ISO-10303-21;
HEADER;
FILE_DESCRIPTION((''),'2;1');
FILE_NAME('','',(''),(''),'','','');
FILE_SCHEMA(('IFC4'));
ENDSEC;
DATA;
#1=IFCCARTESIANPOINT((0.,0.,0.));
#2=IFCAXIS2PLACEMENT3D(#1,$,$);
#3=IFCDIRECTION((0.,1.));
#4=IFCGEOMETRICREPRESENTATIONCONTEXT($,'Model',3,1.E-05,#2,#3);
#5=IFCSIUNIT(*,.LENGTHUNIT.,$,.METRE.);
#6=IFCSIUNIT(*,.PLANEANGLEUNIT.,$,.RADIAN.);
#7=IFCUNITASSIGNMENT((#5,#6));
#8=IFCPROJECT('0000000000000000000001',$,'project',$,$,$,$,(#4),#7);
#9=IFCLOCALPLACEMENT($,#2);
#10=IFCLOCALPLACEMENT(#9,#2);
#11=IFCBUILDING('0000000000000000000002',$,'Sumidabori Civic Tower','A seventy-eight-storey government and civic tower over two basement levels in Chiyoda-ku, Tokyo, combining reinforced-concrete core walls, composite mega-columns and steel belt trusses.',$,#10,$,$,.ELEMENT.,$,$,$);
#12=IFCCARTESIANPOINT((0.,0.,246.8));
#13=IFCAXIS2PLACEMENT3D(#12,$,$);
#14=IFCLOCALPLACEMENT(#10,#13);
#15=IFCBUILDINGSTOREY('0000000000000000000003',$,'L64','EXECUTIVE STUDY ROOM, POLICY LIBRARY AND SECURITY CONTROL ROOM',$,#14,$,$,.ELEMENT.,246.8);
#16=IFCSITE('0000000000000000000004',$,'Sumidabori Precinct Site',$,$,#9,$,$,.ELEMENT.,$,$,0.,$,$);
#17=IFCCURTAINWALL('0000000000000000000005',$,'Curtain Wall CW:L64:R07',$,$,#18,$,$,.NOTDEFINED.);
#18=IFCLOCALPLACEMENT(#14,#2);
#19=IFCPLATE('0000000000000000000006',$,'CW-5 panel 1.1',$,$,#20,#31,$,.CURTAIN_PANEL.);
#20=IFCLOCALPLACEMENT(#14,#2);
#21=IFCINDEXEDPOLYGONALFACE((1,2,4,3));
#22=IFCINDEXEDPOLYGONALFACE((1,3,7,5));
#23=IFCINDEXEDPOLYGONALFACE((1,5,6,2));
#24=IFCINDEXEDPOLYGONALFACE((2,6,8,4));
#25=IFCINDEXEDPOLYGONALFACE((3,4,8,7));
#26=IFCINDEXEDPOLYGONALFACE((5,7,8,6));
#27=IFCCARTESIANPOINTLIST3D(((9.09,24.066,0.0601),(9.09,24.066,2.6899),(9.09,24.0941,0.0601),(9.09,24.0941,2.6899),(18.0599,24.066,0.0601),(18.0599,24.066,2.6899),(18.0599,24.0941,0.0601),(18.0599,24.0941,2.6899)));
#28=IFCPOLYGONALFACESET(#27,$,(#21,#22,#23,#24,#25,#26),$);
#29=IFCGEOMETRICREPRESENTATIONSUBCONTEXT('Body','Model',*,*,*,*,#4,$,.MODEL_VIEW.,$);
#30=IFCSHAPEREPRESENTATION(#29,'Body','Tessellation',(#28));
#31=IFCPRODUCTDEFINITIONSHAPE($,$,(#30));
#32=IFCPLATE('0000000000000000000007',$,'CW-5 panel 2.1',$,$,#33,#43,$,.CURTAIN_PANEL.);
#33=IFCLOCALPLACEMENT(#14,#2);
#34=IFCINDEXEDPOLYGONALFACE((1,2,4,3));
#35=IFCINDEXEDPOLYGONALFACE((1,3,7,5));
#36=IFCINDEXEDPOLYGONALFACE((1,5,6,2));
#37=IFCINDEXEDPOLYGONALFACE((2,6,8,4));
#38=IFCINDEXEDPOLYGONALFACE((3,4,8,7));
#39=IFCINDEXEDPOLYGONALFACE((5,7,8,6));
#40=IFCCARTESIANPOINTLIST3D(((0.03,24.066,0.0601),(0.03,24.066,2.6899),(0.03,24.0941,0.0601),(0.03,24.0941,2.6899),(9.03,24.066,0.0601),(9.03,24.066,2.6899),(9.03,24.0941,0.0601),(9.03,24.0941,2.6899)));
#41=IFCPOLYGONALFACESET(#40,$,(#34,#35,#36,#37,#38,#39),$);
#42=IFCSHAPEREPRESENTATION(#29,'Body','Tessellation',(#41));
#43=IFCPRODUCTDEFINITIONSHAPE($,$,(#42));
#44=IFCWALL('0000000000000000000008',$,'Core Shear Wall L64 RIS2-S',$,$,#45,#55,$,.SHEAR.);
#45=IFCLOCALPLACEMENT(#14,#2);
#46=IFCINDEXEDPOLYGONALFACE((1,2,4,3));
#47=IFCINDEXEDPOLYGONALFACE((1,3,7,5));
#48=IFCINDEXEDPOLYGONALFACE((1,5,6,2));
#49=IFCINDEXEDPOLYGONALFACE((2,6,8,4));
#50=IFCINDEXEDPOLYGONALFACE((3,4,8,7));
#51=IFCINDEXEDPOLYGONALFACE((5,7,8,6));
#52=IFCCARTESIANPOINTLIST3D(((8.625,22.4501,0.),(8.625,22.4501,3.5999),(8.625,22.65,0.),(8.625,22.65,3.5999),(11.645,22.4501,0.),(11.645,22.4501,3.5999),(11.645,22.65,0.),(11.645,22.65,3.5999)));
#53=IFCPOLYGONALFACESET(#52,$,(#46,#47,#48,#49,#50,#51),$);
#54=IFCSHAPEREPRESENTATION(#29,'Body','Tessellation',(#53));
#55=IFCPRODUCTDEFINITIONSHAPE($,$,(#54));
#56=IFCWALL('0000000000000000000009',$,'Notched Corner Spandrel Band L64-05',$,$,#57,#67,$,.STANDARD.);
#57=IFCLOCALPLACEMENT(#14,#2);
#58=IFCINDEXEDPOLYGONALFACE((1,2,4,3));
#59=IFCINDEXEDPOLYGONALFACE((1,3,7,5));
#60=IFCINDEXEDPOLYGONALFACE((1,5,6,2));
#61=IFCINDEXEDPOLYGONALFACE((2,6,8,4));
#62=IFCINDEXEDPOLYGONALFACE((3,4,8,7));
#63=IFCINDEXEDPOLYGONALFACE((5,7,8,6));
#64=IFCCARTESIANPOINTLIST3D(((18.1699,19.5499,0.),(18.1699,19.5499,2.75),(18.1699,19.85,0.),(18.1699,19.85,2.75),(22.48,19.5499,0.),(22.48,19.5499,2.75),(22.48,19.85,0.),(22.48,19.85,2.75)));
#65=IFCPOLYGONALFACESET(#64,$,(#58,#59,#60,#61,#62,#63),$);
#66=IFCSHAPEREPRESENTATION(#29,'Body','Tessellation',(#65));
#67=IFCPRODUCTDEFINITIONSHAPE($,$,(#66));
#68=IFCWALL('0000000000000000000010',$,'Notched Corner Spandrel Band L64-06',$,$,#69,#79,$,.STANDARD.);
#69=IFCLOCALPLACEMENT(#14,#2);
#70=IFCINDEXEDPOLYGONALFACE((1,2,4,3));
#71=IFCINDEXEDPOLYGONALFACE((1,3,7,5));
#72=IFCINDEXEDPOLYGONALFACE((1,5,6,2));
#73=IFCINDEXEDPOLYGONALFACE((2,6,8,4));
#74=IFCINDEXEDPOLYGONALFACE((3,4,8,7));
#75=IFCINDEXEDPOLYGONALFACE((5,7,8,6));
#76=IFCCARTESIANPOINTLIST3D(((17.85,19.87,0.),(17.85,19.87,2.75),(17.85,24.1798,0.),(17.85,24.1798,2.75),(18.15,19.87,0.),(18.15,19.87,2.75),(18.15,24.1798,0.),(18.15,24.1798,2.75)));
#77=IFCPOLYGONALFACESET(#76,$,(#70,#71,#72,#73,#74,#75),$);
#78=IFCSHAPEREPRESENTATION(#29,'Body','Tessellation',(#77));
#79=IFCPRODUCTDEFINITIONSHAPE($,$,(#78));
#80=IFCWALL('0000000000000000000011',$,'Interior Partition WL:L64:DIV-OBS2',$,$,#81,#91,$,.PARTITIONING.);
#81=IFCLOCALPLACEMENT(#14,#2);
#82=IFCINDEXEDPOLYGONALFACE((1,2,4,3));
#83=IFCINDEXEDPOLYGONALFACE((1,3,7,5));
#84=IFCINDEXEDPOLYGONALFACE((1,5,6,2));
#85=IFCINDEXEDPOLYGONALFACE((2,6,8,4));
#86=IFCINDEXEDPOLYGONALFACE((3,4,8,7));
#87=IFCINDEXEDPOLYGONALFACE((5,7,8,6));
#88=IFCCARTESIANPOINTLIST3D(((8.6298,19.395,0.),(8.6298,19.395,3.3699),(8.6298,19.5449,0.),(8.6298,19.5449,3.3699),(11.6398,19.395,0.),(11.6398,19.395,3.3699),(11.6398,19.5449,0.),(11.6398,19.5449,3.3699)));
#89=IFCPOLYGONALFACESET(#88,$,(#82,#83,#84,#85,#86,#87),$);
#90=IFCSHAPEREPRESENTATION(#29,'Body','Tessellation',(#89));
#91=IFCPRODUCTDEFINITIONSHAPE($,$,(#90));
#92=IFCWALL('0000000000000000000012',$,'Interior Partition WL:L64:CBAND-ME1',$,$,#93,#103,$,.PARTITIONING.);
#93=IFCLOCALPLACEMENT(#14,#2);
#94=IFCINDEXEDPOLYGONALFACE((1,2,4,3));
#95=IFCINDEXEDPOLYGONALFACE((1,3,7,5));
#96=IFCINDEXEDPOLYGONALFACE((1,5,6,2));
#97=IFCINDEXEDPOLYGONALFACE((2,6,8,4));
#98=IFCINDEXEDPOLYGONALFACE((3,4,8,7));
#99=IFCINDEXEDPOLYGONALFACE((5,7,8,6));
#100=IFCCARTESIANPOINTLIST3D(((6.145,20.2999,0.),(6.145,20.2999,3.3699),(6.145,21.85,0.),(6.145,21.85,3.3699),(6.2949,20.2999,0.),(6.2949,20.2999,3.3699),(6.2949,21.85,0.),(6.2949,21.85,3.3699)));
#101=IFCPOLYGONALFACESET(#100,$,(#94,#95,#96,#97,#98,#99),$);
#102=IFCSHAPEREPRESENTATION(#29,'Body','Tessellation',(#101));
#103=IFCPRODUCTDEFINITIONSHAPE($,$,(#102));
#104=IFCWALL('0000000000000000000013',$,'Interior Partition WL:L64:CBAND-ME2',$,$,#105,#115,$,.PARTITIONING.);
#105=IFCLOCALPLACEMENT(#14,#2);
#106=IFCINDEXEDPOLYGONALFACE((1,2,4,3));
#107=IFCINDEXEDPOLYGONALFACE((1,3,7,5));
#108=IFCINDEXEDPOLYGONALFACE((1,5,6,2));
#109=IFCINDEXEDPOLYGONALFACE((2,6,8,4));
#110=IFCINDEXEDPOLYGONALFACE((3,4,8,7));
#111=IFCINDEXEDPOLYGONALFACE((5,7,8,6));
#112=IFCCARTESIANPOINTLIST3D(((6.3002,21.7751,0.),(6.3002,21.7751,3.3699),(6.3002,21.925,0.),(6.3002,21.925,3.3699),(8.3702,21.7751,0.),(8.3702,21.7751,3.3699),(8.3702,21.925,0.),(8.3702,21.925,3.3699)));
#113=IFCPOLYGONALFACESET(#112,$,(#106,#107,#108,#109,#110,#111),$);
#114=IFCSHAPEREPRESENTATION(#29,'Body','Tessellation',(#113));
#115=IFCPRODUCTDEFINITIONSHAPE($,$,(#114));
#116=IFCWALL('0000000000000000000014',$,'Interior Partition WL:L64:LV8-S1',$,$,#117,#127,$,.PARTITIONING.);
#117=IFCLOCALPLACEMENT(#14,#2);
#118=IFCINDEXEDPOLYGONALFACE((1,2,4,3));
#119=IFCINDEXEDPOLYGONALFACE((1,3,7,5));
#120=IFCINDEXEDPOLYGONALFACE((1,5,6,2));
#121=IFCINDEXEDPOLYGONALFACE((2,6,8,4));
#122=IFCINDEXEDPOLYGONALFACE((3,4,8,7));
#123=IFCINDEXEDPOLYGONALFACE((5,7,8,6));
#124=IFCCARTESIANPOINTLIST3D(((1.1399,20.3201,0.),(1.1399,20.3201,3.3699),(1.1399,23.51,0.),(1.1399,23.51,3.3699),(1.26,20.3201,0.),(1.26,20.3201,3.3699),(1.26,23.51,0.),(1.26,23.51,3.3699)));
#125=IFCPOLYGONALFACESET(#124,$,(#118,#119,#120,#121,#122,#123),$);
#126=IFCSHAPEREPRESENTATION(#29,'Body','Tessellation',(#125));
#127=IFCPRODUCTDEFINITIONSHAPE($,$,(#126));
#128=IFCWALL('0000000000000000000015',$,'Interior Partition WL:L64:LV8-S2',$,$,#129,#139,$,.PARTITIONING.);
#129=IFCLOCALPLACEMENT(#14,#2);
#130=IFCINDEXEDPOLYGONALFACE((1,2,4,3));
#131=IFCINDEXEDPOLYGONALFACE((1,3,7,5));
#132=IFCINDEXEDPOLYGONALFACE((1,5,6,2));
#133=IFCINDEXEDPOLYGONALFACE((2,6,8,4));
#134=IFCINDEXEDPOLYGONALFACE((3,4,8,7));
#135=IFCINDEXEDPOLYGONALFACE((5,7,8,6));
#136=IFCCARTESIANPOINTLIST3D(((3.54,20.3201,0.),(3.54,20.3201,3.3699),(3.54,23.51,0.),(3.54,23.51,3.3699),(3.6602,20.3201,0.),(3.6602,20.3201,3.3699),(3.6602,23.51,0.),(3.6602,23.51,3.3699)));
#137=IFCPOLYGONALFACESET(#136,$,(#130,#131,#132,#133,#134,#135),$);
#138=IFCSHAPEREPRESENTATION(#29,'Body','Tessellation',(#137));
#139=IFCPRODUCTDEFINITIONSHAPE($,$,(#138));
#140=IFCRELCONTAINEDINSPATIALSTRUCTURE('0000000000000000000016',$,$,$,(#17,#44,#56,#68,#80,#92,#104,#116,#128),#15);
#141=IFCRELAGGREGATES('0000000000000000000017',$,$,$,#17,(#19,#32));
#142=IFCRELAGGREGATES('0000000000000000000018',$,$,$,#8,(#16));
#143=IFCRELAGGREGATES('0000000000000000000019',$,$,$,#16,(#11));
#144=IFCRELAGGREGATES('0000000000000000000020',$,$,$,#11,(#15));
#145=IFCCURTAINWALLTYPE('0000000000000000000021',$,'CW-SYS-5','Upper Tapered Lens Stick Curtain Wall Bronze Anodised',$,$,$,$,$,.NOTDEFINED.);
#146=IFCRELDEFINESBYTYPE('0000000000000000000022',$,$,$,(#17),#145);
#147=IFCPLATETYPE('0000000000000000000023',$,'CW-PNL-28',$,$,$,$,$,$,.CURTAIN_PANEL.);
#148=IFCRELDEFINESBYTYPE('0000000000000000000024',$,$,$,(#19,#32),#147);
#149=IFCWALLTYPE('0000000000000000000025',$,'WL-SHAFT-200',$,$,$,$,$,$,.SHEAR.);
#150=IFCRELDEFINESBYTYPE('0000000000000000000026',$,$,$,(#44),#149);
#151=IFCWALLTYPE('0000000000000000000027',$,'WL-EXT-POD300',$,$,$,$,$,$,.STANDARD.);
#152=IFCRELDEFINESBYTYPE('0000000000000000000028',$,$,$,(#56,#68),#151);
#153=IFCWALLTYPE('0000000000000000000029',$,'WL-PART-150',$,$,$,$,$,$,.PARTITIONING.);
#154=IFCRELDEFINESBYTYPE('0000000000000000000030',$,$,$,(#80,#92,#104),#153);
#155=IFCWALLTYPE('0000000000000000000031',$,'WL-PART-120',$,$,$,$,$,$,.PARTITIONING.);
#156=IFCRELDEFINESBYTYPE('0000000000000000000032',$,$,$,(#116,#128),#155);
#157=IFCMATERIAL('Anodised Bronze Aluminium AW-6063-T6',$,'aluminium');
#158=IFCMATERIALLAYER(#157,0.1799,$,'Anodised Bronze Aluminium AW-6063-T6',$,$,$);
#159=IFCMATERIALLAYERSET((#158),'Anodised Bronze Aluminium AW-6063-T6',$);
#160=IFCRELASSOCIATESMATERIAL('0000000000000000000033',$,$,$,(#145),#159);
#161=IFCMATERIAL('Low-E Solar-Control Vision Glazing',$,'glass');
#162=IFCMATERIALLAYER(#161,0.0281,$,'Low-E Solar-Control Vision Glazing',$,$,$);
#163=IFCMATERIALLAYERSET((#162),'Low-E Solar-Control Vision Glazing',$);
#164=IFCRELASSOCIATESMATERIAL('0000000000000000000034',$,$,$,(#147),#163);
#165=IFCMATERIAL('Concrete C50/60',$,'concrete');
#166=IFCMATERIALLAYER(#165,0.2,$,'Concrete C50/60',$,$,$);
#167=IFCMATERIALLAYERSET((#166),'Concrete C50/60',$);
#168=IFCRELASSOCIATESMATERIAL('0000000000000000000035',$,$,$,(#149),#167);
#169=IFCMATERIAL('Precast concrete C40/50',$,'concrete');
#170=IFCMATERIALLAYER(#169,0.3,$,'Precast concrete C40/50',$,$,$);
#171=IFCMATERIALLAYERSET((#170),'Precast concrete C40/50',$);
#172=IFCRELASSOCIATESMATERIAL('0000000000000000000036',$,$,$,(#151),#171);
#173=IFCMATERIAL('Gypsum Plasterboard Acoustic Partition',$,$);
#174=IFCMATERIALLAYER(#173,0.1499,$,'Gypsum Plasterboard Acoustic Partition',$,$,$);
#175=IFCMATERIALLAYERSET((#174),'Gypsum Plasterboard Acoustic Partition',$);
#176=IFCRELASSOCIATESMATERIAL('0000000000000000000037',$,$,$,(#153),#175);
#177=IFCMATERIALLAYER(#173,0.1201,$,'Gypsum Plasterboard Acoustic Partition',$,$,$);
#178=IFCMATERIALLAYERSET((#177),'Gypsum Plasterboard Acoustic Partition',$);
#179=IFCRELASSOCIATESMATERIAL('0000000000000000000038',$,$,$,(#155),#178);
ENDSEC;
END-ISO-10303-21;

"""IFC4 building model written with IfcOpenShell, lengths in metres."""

from ifc_helpers import new_model, si_unit, direction, frame, frame_2d, origin, origin_2d, place, context, subcontext, project, spatial, rectangle, extrude, source, transform, mapped, material, layer, layer_set, type_object, element, aggregate, save


model = new_model("IFC4")

# Units and contexts
model_context = context("Model", 3, precision=1e-05, world=origin(), true_north=direction((0.0, 1.0)))
body_context = subcontext(model_context, "Body", "Model", "MODEL_VIEW")
ifc_project = project(units=[si_unit("LENGTHUNIT", "METRE"), si_unit("PLANEANGLEUNIT", "RADIAN")], contexts=[model_context])

# Site, building, storey
site_placement = place(None, origin())
site = spatial("IfcSite", under=ifc_project, at=site_placement, Name="Sumidabori Precinct Site", CompositionType="ELEMENT", RefElevation=0.0)
building_placement = place(site_placement, origin())
building = spatial("IfcBuilding", under=site, at=building_placement, Name="Sumidabori Civic Tower", Description="A seventy-eight-storey government and civic tower over two basement levels in Chiyoda-ku, Tokyo, combining reinforced-concrete core walls, composite mega-columns and steel belt trusses.", CompositionType="ELEMENT")
storey_placement = place(building_placement, frame((0.0, 0.0, 246.8)))
storey = spatial("IfcBuildingStorey", under=building, at=storey_placement, Name="L64", Description="EXECUTIVE STUDY ROOM, POLICY LIBRARY AND SECURITY CONTROL ROOM", CompositionType="ELEMENT", Elevation=246.8)

# Shared definitions
ifc_material_1 = material(Name="Anodised Bronze Aluminium AW-6063-T6", Category="aluminium")
ifc_layer_1 = layer(ifc_material_1, 0.1799, Name="Anodised Bronze Aluminium AW-6063-T6")
ifc_layer_set_1 = layer_set([ifc_layer_1], Name="Anodised Bronze Aluminium AW-6063-T6")
curtain_wall_type = type_object("IfcCurtainWallType", Name="CW-SYS-5", Description="Upper Tapered Lens Stick Curtain Wall Bronze Anodised", PredefinedType="NOTDEFINED", material=ifc_layer_set_1)

# Curtain wall, plates
curtain_wall_1_placement = place(storey_placement, origin())
curtain_wall_1 = element("IfcCurtainWall", 1, at=curtain_wall_1_placement, inside=storey, type_object=curtain_wall_type, Name="Curtain Wall CW:L64:R07", PredefinedType="NOTDEFINED")
ifc_material_2 = material(Name="Low-E Solar-Control Vision Glazing", Category="glass")
ifc_layer_2 = layer(ifc_material_2, 0.0281, Name="Low-E Solar-Control Vision Glazing")
ifc_layer_set_2 = layer_set([ifc_layer_2], Name="Low-E Solar-Control Vision Glazing")
plate_type = type_object("IfcPlateType", Name="CW-PNL-28", PredefinedType="CURTAIN_PANEL", material=ifc_layer_set_2)
shared_shape_1 = source(origin(), body_context, "Body", "SweptSolid", [
    extrude(rectangle(XDim=8.97, YDim=0.0281, at=origin_2d()), origin(), (0.0, 0.0, 1.0), 2.6299),
])
plate_1_placement = place(storey_placement, frame((13.575, 24.0801, 0.0601), z_axis=(0.0, 0.0, 1.0), x_axis=(-1.0, 0.0, 0.0)))
plate_1 = element("IfcPlate", 2, at=plate_1_placement, type_object=plate_type, Name="CW-5 panel 1.1", PredefinedType="CURTAIN_PANEL", context=body_context, shape_type="MappedRepresentation", body=[
    mapped(shared_shape_1, transform((0.0, 0.0, 0.0), x_axis=(1.0, 0.0, 0.0), y_axis=(0.0, 1.0, 0.0), z_axis=(0.0, 0.0, 1.0), scale=1.0)),
])
shared_shape_2 = source(origin(), body_context, "Body", "SweptSolid", [
    extrude(rectangle(XDim=9.0, YDim=0.0281, at=origin_2d()), origin(), (0.0, 0.0, 1.0), 2.6299),
])
plate_2_placement = place(storey_placement, frame((4.53, 24.0801, 0.0601), z_axis=(0.0, 0.0, 1.0), x_axis=(-1.0, 0.0, 0.0)))
plate_2 = element("IfcPlate", 3, at=plate_2_placement, type_object=plate_type, Name="CW-5 panel 2.1", PredefinedType="CURTAIN_PANEL", context=body_context, shape_type="MappedRepresentation", body=[
    mapped(shared_shape_2, transform((0.0, 0.0, 0.0), x_axis=(1.0, 0.0, 0.0), y_axis=(0.0, 1.0, 0.0), z_axis=(0.0, 0.0, 1.0), scale=1.0)),
])
aggregate(curtain_wall_1, [plate_1, plate_2])

# Walls
ifc_material_3 = material(Name="Concrete C50/60", Category="concrete")
ifc_layer_3 = layer(ifc_material_3, 0.2, Name="Concrete C50/60")
ifc_layer_set_3 = layer_set([ifc_layer_3], Name="Concrete C50/60")
wall_type_1 = type_object("IfcWallType", Name="WL-SHAFT-200", PredefinedType="SHEAR", material=ifc_layer_set_3)
shared_shape_3 = source(origin(), body_context, "Body", "SweptSolid", [
    extrude(rectangle(XDim=3.02, YDim=0.2, at=frame_2d((1.51, 0.0))), origin(), (0.0, 0.0, 1.0), 3.5999),
])
wall_1_placement = place(storey_placement, frame((8.625, 22.55, 0.0), z_axis=(0.0, 0.0, 1.0), x_axis=(1.0, 0.0, 0.0)))
element("IfcWall", 4, at=wall_1_placement, inside=storey, type_object=wall_type_1, Name="Core Shear Wall L64 RIS2-S", PredefinedType="SHEAR", context=body_context, shape_type="MappedRepresentation", body=[
    mapped(shared_shape_3, transform((0.0, 0.0, 0.0), x_axis=(1.0, 0.0, 0.0), y_axis=(0.0, 1.0, 0.0), z_axis=(0.0, 0.0, 1.0), scale=1.0)),
])
ifc_material_4 = material(Name="Precast concrete C40/50", Category="concrete")
ifc_layer_4 = layer(ifc_material_4, 0.3, Name="Precast concrete C40/50")
ifc_layer_set_4 = layer_set([ifc_layer_4], Name="Precast concrete C40/50")
wall_type_2 = type_object("IfcWallType", Name="WL-EXT-POD300", PredefinedType="STANDARD", material=ifc_layer_set_4)
shared_shape_4 = source(origin(), body_context, "Body", "SweptSolid", [
    extrude(rectangle(XDim=4.3101, YDim=0.3, at=frame_2d((2.155, 0.0))), origin(), (0.0, 0.0, 1.0), 2.75),
])
wall_2_placement = place(storey_placement, frame((22.48, 19.7, 0.0), z_axis=(0.0, 0.0, 1.0), x_axis=(-1.0, 0.0, 0.0)))
element("IfcWall", 5, at=wall_2_placement, inside=storey, type_object=wall_type_2, Name="Notched Corner Spandrel Band L64-05", PredefinedType="STANDARD", context=body_context, shape_type="MappedRepresentation", body=[
    mapped(shared_shape_4, transform((0.0, 0.0, 0.0), x_axis=(1.0, 0.0, 0.0), y_axis=(0.0, 1.0, 0.0), z_axis=(0.0, 0.0, 1.0), scale=1.0)),
])
shared_shape_5 = source(origin(), body_context, "Body", "SweptSolid", [
    extrude(rectangle(XDim=4.3098, YDim=0.3, at=frame_2d((2.1548, 0.0))), origin(), (0.0, 0.0, 1.0), 2.75),
])
wall_3_placement = place(storey_placement, frame((18.0, 19.8701, 0.0), z_axis=(0.0, 0.0, 1.0), x_axis=(0.0, 1.0, 0.0)))
element("IfcWall", 6, at=wall_3_placement, inside=storey, type_object=wall_type_2, Name="Notched Corner Spandrel Band L64-06", PredefinedType="STANDARD", context=body_context, shape_type="MappedRepresentation", body=[
    mapped(shared_shape_5, transform((0.0, 0.0, 0.0), x_axis=(1.0, 0.0, 0.0), y_axis=(0.0, 1.0, 0.0), z_axis=(0.0, 0.0, 1.0), scale=1.0)),
])
ifc_material_5 = material(Name="Gypsum Plasterboard Acoustic Partition")
ifc_layer_5 = layer(ifc_material_5, 0.1499, Name="Gypsum Plasterboard Acoustic Partition")
ifc_layer_set_5 = layer_set([ifc_layer_5], Name="Gypsum Plasterboard Acoustic Partition")
wall_type_3 = type_object("IfcWallType", Name="WL-PART-150", PredefinedType="PARTITIONING", material=ifc_layer_set_5)
shared_shape_6 = source(origin(), body_context, "Body", "SweptSolid", [
    extrude(rectangle(XDim=3.01, YDim=0.1499, at=frame_2d((1.5049, 0.0))), origin(), (0.0, 0.0, 1.0), 3.3699),
])
wall_4_placement = place(storey_placement, frame((8.6299, 19.47, 0.0), z_axis=(0.0, 0.0, 1.0), x_axis=(1.0, 0.0, 0.0)))
element("IfcWall", 7, at=wall_4_placement, inside=storey, type_object=wall_type_3, Name="Interior Partition WL:L64:DIV-OBS2", PredefinedType="PARTITIONING", context=body_context, shape_type="MappedRepresentation", body=[
    mapped(shared_shape_6, transform((0.0, 0.0, 0.0), x_axis=(1.0, 0.0, 0.0), y_axis=(0.0, 1.0, 0.0), z_axis=(0.0, 0.0, 1.0), scale=1.0)),
])
shared_shape_7 = source(origin(), body_context, "Body", "SweptSolid", [
    extrude(rectangle(XDim=1.55, YDim=0.1499, at=frame_2d((0.7749, 0.0))), origin(), (0.0, 0.0, 1.0), 3.3699),
])
wall_5_placement = place(storey_placement, frame((6.22, 20.3, 0.0), z_axis=(0.0, 0.0, 1.0), x_axis=(0.0, 1.0, 0.0)))
element("IfcWall", 8, at=wall_5_placement, inside=storey, type_object=wall_type_3, Name="Interior Partition WL:L64:CBAND-ME1", PredefinedType="PARTITIONING", context=body_context, shape_type="MappedRepresentation", body=[
    mapped(shared_shape_7, transform((0.0, 0.0, 0.0), x_axis=(1.0, 0.0, 0.0), y_axis=(0.0, 1.0, 0.0), z_axis=(0.0, 0.0, 1.0), scale=1.0)),
])
shared_shape_8 = source(origin(), body_context, "Body", "SweptSolid", [
    extrude(rectangle(XDim=2.0701, YDim=0.1499, at=frame_2d((1.0352, 0.0))), origin(), (0.0, 0.0, 1.0), 3.3699),
])
wall_6_placement = place(storey_placement, frame((6.3, 21.8501, 0.0), z_axis=(0.0, 0.0, 1.0), x_axis=(1.0, 0.0, 0.0)))
element("IfcWall", 9, at=wall_6_placement, inside=storey, type_object=wall_type_3, Name="Interior Partition WL:L64:CBAND-ME2", PredefinedType="PARTITIONING", context=body_context, shape_type="MappedRepresentation", body=[
    mapped(shared_shape_8, transform((0.0, 0.0, 0.0), x_axis=(1.0, 0.0, 0.0), y_axis=(0.0, 1.0, 0.0), z_axis=(0.0, 0.0, 1.0), scale=1.0)),
])
ifc_layer_6 = layer(ifc_material_5, 0.1201, Name="Gypsum Plasterboard Acoustic Partition")
ifc_layer_set_6 = layer_set([ifc_layer_6], Name="Gypsum Plasterboard Acoustic Partition")
wall_type_4 = type_object("IfcWallType", Name="WL-PART-120", PredefinedType="PARTITIONING", material=ifc_layer_set_6)
shared_shape_9 = source(origin(), body_context, "Body", "SweptSolid", [
    extrude(rectangle(XDim=3.1899, YDim=0.1201, at=frame_2d((1.595, 0.0))), origin(), (0.0, 0.0, 1.0), 3.3699),
])
for number, where, z_axis, x_axis, name in (
    (10, (1.2, 20.3201, 0.0), (0.0, 0.0, 1.0), (0.0, 1.0, 0.0), "Interior Partition WL:L64:LV8-S1"),
    (11, (3.6001, 20.3201, 0.0), (0.0, 0.0, 1.0), (0.0, 1.0, 0.0), "Interior Partition WL:L64:LV8-S2"),
):
    element("IfcWall", number, at=place(storey_placement, frame(where, z_axis=z_axis, x_axis=x_axis)), inside=storey, type_object=wall_type_4, Name=name, PredefinedType="PARTITIONING", context=body_context, shape_type="MappedRepresentation", body=[
        mapped(shared_shape_9, transform((0.0, 0.0, 0.0), x_axis=(1.0, 0.0, 0.0), y_axis=(0.0, 1.0, 0.0), z_axis=(0.0, 0.0, 1.0), scale=1.0)),
    ])

save(model, "model.ifc")
